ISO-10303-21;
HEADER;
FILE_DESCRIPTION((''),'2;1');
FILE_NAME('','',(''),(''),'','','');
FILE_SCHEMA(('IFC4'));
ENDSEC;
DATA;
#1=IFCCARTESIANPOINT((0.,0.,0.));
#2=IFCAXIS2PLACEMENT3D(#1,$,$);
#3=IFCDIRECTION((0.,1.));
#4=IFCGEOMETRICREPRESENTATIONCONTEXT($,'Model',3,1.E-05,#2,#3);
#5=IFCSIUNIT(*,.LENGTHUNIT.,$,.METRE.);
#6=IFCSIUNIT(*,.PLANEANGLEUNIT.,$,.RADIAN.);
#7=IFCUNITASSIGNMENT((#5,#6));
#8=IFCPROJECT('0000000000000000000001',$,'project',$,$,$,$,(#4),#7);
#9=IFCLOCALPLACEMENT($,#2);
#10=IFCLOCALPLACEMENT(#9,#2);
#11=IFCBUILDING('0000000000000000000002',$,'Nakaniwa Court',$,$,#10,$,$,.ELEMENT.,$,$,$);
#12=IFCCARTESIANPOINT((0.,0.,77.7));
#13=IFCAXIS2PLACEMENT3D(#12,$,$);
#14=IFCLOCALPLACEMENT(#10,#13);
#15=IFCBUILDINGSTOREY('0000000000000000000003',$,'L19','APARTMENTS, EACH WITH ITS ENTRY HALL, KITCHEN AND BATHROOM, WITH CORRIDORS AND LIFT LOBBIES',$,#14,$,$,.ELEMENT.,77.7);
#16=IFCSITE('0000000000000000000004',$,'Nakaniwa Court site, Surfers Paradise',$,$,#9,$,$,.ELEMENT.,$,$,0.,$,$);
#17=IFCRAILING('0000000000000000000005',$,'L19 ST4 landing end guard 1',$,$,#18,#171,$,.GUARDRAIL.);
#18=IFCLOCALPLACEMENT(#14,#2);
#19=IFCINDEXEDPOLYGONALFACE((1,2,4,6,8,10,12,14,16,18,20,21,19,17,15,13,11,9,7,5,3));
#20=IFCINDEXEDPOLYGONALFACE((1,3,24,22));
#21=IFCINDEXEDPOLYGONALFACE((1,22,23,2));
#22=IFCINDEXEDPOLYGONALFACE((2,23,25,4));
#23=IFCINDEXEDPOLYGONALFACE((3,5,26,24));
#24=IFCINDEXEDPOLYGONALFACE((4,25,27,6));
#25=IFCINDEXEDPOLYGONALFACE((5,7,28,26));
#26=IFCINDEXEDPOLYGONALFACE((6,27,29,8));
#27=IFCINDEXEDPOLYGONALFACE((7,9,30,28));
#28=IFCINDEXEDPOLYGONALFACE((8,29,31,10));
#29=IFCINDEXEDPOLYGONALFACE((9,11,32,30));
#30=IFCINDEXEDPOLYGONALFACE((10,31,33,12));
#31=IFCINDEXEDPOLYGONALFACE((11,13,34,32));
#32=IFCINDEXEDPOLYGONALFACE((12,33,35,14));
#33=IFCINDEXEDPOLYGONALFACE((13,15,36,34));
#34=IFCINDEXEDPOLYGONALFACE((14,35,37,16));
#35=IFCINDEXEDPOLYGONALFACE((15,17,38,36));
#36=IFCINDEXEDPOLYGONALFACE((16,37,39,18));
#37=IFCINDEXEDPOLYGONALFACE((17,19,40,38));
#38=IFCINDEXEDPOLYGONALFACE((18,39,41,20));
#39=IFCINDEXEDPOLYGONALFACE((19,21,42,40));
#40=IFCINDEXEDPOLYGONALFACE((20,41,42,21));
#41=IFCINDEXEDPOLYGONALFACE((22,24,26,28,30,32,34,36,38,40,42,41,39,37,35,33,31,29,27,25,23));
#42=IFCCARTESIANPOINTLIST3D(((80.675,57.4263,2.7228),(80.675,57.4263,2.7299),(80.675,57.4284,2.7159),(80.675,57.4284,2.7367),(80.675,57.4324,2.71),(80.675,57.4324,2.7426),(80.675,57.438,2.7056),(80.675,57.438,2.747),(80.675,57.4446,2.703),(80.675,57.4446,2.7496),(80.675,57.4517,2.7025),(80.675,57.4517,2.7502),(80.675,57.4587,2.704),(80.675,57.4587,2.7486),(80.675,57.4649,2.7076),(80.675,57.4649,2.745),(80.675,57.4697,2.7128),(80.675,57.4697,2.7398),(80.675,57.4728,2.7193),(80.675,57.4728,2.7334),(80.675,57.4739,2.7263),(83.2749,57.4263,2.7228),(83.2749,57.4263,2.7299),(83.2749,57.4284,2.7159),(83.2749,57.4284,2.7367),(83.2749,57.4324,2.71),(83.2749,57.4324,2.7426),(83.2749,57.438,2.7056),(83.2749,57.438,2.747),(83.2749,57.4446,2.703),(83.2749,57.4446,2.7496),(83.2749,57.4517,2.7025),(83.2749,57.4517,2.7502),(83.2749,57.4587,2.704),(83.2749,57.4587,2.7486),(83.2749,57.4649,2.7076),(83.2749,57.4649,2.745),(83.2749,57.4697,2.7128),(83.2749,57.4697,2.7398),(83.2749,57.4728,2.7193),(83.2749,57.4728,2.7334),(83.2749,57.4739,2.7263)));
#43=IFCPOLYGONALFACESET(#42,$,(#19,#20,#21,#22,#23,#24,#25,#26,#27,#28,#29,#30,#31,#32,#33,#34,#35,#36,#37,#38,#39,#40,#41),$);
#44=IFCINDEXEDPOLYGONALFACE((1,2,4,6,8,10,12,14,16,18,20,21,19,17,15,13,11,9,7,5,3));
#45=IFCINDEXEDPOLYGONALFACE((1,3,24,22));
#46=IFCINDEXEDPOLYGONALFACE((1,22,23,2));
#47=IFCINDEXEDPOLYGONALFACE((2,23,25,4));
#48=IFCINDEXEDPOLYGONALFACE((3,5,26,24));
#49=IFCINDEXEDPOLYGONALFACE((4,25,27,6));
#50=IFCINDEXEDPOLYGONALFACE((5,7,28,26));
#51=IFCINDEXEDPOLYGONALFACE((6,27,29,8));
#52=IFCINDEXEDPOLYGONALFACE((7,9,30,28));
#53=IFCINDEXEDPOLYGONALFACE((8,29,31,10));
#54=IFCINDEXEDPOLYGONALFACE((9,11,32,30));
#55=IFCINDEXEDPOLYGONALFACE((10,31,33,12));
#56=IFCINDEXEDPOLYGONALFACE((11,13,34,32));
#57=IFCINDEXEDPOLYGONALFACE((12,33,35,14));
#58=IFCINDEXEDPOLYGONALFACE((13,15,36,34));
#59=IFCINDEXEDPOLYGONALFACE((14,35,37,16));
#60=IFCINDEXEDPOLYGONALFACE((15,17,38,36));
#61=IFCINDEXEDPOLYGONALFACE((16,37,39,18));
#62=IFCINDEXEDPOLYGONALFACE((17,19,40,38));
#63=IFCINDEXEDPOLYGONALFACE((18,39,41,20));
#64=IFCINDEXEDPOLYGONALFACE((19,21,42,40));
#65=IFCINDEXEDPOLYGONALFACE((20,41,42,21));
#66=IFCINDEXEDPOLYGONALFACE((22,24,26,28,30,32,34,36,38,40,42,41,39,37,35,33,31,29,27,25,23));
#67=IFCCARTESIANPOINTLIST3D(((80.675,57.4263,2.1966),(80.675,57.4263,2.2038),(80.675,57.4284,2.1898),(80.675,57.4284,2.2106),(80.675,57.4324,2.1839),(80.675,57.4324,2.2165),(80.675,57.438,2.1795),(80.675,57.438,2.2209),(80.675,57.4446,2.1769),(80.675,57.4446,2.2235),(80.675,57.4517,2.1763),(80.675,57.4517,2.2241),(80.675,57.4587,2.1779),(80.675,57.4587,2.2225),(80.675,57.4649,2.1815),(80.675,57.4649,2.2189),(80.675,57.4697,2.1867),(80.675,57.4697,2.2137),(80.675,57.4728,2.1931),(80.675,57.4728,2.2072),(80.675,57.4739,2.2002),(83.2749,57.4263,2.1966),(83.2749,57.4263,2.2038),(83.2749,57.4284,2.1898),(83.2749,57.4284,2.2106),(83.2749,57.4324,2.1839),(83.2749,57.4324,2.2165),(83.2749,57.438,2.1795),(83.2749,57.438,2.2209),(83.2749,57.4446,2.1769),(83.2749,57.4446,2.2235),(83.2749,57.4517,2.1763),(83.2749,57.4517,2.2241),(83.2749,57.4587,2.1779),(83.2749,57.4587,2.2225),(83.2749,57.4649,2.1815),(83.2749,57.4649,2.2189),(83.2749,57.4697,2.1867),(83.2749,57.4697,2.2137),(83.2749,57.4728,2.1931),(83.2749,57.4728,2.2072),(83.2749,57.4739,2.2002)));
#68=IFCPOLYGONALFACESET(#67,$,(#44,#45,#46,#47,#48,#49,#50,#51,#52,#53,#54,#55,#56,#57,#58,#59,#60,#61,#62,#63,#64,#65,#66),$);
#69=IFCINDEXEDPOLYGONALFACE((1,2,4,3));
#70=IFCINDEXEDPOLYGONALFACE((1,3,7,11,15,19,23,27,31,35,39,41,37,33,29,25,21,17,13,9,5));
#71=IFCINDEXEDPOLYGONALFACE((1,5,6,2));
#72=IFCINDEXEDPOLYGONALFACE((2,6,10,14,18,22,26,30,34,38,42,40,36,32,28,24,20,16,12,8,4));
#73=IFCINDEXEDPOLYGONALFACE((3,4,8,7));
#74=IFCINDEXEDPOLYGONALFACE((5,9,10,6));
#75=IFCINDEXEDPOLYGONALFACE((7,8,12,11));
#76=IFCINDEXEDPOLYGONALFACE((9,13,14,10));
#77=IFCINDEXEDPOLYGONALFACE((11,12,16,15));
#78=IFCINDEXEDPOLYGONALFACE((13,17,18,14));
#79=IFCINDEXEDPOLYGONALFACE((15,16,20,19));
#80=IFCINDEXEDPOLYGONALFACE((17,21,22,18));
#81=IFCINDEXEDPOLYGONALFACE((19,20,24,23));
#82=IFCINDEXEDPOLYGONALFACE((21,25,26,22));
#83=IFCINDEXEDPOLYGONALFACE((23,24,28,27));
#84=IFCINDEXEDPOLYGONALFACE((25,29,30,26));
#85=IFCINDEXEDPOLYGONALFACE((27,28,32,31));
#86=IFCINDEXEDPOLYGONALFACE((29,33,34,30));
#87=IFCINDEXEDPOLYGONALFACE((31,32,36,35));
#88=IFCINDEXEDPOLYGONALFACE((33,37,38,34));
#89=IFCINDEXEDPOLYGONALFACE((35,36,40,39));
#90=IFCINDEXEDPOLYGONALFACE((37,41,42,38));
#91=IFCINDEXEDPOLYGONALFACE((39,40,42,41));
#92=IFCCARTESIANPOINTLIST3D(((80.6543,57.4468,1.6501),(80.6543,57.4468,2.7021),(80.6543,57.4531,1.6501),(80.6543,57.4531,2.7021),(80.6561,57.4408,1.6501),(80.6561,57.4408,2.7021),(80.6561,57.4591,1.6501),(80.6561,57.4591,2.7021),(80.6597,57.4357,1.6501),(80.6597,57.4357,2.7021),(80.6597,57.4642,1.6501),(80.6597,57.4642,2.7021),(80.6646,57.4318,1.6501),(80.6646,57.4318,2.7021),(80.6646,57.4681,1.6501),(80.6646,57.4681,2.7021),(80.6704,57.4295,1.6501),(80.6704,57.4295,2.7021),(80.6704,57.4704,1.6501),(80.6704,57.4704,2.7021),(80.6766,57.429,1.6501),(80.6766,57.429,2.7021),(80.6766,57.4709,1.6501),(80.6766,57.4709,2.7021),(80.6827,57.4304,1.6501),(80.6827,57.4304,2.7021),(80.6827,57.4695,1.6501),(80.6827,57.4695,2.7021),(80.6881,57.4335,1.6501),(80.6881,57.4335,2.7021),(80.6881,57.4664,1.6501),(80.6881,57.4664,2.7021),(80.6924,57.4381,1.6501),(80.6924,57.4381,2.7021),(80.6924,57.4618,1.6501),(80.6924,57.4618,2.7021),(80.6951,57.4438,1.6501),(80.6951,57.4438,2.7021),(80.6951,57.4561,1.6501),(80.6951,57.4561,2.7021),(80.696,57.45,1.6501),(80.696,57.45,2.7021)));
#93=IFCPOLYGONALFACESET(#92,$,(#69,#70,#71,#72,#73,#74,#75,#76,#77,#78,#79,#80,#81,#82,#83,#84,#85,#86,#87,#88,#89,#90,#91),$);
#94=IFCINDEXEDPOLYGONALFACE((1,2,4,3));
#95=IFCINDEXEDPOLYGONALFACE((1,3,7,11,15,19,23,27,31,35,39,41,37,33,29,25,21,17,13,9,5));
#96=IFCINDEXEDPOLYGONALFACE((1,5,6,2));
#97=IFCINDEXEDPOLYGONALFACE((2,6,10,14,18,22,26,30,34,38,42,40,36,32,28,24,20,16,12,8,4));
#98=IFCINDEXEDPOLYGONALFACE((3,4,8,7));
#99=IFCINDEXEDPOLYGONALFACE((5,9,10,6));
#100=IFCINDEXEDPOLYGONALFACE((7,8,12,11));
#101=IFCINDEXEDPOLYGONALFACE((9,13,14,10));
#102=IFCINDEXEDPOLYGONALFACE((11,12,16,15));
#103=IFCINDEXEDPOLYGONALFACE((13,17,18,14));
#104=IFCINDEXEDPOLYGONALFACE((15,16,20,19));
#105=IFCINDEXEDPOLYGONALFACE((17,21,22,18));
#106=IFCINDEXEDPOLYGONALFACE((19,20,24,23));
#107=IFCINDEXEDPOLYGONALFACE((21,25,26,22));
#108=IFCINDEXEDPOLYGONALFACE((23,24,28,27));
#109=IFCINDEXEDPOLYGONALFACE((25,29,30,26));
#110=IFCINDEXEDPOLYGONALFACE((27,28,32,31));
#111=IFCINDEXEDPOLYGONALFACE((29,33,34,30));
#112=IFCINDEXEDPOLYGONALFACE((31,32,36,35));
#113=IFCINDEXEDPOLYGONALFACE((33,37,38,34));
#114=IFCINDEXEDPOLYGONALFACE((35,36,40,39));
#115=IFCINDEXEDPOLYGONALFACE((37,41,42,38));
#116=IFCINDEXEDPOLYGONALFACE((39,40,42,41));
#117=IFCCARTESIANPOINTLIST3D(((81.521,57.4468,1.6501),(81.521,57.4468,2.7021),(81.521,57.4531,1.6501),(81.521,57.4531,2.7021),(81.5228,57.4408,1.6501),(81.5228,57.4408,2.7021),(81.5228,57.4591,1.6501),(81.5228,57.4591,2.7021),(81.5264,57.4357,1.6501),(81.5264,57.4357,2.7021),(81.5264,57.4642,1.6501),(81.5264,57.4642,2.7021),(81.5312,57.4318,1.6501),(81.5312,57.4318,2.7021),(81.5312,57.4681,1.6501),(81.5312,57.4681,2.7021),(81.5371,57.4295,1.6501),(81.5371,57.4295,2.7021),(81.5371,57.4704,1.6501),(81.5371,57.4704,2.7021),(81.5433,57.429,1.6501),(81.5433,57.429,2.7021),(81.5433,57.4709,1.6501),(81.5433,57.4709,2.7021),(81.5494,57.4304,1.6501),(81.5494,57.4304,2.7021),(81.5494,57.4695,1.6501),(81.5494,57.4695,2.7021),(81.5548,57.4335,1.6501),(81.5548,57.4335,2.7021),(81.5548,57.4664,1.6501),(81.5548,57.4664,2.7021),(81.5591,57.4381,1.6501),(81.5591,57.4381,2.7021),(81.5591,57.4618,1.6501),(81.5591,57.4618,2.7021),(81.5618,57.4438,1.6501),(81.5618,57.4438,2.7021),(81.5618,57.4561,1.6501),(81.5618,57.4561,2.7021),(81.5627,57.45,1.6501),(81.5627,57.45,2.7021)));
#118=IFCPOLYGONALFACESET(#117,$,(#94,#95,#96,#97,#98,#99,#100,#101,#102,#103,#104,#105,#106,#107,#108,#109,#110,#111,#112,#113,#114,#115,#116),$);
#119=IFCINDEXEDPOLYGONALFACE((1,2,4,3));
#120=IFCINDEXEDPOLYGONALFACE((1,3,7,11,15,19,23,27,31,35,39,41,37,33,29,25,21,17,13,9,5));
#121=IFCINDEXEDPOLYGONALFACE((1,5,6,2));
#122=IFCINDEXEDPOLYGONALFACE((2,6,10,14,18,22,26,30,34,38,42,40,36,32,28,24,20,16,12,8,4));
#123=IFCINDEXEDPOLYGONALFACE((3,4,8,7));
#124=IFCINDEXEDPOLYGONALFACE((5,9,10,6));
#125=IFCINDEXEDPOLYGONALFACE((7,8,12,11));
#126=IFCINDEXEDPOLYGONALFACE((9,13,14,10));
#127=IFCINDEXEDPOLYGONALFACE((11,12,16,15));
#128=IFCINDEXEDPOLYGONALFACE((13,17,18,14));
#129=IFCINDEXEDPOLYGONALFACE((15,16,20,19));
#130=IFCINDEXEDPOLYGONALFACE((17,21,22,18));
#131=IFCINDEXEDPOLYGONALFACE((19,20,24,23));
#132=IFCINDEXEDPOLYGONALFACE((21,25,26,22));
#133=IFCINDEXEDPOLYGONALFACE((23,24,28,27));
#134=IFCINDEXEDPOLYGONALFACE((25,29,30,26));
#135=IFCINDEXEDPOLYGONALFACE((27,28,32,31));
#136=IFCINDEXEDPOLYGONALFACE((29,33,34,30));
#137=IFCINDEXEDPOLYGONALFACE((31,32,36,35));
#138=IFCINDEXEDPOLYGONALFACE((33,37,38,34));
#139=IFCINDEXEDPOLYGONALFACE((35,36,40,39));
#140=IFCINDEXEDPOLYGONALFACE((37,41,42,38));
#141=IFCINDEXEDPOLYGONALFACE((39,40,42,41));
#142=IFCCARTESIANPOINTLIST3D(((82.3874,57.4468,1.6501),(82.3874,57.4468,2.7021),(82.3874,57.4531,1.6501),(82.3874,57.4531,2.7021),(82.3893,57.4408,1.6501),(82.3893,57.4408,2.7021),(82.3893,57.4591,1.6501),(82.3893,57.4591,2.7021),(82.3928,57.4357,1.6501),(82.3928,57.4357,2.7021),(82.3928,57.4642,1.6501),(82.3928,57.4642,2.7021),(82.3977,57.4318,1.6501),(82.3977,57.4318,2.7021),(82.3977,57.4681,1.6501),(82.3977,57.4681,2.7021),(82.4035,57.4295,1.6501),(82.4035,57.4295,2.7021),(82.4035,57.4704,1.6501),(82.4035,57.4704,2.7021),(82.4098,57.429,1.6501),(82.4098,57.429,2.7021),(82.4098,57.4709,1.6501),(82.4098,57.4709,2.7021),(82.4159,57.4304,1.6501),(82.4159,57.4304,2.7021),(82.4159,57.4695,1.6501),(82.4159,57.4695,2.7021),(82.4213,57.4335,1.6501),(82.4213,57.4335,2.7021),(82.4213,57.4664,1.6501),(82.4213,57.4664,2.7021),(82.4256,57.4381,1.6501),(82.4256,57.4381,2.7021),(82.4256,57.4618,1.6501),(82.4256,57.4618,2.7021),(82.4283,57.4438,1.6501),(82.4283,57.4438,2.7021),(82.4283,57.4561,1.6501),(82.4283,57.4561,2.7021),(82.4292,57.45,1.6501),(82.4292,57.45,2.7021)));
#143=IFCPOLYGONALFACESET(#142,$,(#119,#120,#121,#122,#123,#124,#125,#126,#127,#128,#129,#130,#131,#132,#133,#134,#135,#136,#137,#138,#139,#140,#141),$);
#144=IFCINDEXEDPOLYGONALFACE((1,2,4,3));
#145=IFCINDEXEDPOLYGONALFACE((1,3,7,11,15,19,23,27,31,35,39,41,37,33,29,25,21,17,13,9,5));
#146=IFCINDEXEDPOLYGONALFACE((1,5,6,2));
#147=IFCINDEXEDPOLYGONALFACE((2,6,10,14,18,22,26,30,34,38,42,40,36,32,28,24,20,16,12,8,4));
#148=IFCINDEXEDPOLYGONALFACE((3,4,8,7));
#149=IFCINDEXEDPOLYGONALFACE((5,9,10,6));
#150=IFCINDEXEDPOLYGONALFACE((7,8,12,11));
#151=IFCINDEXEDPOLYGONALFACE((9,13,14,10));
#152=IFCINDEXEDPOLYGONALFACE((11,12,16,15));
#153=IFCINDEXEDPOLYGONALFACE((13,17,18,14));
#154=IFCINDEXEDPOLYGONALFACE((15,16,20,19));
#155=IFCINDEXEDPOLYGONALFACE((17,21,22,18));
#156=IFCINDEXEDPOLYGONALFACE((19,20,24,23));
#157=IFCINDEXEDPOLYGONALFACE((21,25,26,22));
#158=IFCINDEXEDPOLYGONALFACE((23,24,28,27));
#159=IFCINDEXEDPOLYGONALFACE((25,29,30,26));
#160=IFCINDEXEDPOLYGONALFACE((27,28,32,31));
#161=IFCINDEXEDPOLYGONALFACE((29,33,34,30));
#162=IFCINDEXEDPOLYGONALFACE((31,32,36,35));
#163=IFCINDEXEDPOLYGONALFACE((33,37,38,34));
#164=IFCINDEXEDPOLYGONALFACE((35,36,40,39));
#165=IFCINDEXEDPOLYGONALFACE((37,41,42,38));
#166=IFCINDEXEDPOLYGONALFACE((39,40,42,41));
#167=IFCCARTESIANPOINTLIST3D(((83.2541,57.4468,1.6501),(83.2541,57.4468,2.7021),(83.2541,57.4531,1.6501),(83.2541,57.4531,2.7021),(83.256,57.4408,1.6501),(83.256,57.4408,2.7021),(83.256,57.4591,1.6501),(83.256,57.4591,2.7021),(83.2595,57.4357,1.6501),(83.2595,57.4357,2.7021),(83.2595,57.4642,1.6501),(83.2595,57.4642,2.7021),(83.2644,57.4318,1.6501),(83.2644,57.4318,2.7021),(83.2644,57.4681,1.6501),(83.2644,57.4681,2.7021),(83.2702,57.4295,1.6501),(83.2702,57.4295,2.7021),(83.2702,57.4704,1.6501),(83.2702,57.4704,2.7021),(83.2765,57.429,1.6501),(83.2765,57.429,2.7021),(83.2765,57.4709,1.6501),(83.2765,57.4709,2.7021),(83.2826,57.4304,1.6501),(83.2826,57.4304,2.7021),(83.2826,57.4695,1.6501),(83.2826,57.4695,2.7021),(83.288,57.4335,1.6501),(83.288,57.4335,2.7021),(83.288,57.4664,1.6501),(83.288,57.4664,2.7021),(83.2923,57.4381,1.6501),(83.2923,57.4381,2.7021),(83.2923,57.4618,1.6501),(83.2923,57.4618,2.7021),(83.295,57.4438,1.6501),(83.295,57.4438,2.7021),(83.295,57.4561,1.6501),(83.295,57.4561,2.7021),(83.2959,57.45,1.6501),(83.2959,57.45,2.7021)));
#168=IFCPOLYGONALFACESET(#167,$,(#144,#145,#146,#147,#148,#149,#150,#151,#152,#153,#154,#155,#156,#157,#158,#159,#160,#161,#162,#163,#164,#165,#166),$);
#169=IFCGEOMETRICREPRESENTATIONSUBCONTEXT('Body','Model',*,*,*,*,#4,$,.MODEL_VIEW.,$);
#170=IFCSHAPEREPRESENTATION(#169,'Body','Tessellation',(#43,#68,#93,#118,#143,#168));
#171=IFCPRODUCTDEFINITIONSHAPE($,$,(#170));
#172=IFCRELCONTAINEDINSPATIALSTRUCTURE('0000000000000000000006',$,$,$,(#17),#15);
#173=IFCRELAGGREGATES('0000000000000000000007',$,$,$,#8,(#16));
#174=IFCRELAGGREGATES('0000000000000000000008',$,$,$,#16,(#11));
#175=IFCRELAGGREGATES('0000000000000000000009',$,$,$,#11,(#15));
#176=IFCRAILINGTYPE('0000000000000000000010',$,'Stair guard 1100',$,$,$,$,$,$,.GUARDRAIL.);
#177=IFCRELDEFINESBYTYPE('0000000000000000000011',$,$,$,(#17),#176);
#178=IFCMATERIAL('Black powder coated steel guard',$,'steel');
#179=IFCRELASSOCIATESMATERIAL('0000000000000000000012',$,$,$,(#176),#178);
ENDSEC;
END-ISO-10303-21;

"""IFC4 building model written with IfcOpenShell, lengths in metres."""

from ifc_helpers import new_model, si_unit, direction, frame, origin, origin_2d, place, context, subcontext, project, spatial, circle, extrude, material, type_object, element, save


model = new_model("IFC4")

# Units and contexts
model_context = context("Model", 3, precision=1e-05, world=origin(), true_north=direction((0.0, 1.0)))
body_context = subcontext(model_context, "Body", "Model", "MODEL_VIEW")
ifc_project = project(units=[si_unit("LENGTHUNIT", "METRE"), si_unit("PLANEANGLEUNIT", "RADIAN")], contexts=[model_context])

# Site, building, storey
site_placement = place(None, origin())
site = spatial("IfcSite", under=ifc_project, at=site_placement, Name="Nakaniwa Court site, Surfers Paradise", CompositionType="ELEMENT", RefElevation=0.0)
building_placement = place(site_placement, origin())
building = spatial("IfcBuilding", under=site, at=building_placement, Name="Nakaniwa Court", CompositionType="ELEMENT")
storey_placement = place(building_placement, frame((0.0, 0.0, 77.7)))
storey = spatial("IfcBuildingStorey", under=building, at=storey_placement, Name="L19", Description="APARTMENTS, EACH WITH ITS ENTRY HALL, KITCHEN AND BATHROOM, WITH CORRIDORS AND LIFT LOBBIES", CompositionType="ELEMENT", Elevation=77.7)

# Railing
ifc_material_1 = material(Name="Black powder coated steel guard", Category="steel")
railing_type_1 = type_object("IfcRailingType", Name="Stair guard 1100", PredefinedType="GUARDRAIL", material=ifc_material_1)
railing_1_placement = place(storey_placement, frame((80.675, 57.45, 1.6501)))
element("IfcRailing", 1, at=railing_1_placement, inside=storey, type_object=railing_type_1, Name="L19 ST4 landing end guard 1", PredefinedType="GUARDRAIL", context=body_context, shape_type="SweptSolid", body=[
    extrude(circle(Radius=0.0239, at=origin_2d()), frame((0.0, 0.0, 1.0762), z_axis=(1.0, 0.0, 0.0), x_axis=(0.0, 1.0, 0.0)), (0.0, 0.0, 1.0), 2.5999),
    extrude(circle(Radius=0.0239, at=origin_2d()), frame((0.0, 0.0, 0.55), z_axis=(1.0, 0.0, 0.0), x_axis=(0.0, 1.0, 0.0)), (0.0, 0.0, 1.0), 2.5999),
    extrude(circle(Radius=0.021, at=origin_2d()), origin(), (0.0, 0.0, 1.0), 1.052),
    extrude(circle(Radius=0.021, at=origin_2d()), frame((0.8667, 0.0, 0.0)), (0.0, 0.0, 1.0), 1.052),
    extrude(circle(Radius=0.021, at=origin_2d()), frame((1.7332, 0.0, 0.0)), (0.0, 0.0, 1.0), 1.052),
    extrude(circle(Radius=0.021, at=origin_2d()), frame((2.5999, 0.0, 0.0)), (0.0, 0.0, 1.0), 1.052),
])

save(model, "model.ifc")
